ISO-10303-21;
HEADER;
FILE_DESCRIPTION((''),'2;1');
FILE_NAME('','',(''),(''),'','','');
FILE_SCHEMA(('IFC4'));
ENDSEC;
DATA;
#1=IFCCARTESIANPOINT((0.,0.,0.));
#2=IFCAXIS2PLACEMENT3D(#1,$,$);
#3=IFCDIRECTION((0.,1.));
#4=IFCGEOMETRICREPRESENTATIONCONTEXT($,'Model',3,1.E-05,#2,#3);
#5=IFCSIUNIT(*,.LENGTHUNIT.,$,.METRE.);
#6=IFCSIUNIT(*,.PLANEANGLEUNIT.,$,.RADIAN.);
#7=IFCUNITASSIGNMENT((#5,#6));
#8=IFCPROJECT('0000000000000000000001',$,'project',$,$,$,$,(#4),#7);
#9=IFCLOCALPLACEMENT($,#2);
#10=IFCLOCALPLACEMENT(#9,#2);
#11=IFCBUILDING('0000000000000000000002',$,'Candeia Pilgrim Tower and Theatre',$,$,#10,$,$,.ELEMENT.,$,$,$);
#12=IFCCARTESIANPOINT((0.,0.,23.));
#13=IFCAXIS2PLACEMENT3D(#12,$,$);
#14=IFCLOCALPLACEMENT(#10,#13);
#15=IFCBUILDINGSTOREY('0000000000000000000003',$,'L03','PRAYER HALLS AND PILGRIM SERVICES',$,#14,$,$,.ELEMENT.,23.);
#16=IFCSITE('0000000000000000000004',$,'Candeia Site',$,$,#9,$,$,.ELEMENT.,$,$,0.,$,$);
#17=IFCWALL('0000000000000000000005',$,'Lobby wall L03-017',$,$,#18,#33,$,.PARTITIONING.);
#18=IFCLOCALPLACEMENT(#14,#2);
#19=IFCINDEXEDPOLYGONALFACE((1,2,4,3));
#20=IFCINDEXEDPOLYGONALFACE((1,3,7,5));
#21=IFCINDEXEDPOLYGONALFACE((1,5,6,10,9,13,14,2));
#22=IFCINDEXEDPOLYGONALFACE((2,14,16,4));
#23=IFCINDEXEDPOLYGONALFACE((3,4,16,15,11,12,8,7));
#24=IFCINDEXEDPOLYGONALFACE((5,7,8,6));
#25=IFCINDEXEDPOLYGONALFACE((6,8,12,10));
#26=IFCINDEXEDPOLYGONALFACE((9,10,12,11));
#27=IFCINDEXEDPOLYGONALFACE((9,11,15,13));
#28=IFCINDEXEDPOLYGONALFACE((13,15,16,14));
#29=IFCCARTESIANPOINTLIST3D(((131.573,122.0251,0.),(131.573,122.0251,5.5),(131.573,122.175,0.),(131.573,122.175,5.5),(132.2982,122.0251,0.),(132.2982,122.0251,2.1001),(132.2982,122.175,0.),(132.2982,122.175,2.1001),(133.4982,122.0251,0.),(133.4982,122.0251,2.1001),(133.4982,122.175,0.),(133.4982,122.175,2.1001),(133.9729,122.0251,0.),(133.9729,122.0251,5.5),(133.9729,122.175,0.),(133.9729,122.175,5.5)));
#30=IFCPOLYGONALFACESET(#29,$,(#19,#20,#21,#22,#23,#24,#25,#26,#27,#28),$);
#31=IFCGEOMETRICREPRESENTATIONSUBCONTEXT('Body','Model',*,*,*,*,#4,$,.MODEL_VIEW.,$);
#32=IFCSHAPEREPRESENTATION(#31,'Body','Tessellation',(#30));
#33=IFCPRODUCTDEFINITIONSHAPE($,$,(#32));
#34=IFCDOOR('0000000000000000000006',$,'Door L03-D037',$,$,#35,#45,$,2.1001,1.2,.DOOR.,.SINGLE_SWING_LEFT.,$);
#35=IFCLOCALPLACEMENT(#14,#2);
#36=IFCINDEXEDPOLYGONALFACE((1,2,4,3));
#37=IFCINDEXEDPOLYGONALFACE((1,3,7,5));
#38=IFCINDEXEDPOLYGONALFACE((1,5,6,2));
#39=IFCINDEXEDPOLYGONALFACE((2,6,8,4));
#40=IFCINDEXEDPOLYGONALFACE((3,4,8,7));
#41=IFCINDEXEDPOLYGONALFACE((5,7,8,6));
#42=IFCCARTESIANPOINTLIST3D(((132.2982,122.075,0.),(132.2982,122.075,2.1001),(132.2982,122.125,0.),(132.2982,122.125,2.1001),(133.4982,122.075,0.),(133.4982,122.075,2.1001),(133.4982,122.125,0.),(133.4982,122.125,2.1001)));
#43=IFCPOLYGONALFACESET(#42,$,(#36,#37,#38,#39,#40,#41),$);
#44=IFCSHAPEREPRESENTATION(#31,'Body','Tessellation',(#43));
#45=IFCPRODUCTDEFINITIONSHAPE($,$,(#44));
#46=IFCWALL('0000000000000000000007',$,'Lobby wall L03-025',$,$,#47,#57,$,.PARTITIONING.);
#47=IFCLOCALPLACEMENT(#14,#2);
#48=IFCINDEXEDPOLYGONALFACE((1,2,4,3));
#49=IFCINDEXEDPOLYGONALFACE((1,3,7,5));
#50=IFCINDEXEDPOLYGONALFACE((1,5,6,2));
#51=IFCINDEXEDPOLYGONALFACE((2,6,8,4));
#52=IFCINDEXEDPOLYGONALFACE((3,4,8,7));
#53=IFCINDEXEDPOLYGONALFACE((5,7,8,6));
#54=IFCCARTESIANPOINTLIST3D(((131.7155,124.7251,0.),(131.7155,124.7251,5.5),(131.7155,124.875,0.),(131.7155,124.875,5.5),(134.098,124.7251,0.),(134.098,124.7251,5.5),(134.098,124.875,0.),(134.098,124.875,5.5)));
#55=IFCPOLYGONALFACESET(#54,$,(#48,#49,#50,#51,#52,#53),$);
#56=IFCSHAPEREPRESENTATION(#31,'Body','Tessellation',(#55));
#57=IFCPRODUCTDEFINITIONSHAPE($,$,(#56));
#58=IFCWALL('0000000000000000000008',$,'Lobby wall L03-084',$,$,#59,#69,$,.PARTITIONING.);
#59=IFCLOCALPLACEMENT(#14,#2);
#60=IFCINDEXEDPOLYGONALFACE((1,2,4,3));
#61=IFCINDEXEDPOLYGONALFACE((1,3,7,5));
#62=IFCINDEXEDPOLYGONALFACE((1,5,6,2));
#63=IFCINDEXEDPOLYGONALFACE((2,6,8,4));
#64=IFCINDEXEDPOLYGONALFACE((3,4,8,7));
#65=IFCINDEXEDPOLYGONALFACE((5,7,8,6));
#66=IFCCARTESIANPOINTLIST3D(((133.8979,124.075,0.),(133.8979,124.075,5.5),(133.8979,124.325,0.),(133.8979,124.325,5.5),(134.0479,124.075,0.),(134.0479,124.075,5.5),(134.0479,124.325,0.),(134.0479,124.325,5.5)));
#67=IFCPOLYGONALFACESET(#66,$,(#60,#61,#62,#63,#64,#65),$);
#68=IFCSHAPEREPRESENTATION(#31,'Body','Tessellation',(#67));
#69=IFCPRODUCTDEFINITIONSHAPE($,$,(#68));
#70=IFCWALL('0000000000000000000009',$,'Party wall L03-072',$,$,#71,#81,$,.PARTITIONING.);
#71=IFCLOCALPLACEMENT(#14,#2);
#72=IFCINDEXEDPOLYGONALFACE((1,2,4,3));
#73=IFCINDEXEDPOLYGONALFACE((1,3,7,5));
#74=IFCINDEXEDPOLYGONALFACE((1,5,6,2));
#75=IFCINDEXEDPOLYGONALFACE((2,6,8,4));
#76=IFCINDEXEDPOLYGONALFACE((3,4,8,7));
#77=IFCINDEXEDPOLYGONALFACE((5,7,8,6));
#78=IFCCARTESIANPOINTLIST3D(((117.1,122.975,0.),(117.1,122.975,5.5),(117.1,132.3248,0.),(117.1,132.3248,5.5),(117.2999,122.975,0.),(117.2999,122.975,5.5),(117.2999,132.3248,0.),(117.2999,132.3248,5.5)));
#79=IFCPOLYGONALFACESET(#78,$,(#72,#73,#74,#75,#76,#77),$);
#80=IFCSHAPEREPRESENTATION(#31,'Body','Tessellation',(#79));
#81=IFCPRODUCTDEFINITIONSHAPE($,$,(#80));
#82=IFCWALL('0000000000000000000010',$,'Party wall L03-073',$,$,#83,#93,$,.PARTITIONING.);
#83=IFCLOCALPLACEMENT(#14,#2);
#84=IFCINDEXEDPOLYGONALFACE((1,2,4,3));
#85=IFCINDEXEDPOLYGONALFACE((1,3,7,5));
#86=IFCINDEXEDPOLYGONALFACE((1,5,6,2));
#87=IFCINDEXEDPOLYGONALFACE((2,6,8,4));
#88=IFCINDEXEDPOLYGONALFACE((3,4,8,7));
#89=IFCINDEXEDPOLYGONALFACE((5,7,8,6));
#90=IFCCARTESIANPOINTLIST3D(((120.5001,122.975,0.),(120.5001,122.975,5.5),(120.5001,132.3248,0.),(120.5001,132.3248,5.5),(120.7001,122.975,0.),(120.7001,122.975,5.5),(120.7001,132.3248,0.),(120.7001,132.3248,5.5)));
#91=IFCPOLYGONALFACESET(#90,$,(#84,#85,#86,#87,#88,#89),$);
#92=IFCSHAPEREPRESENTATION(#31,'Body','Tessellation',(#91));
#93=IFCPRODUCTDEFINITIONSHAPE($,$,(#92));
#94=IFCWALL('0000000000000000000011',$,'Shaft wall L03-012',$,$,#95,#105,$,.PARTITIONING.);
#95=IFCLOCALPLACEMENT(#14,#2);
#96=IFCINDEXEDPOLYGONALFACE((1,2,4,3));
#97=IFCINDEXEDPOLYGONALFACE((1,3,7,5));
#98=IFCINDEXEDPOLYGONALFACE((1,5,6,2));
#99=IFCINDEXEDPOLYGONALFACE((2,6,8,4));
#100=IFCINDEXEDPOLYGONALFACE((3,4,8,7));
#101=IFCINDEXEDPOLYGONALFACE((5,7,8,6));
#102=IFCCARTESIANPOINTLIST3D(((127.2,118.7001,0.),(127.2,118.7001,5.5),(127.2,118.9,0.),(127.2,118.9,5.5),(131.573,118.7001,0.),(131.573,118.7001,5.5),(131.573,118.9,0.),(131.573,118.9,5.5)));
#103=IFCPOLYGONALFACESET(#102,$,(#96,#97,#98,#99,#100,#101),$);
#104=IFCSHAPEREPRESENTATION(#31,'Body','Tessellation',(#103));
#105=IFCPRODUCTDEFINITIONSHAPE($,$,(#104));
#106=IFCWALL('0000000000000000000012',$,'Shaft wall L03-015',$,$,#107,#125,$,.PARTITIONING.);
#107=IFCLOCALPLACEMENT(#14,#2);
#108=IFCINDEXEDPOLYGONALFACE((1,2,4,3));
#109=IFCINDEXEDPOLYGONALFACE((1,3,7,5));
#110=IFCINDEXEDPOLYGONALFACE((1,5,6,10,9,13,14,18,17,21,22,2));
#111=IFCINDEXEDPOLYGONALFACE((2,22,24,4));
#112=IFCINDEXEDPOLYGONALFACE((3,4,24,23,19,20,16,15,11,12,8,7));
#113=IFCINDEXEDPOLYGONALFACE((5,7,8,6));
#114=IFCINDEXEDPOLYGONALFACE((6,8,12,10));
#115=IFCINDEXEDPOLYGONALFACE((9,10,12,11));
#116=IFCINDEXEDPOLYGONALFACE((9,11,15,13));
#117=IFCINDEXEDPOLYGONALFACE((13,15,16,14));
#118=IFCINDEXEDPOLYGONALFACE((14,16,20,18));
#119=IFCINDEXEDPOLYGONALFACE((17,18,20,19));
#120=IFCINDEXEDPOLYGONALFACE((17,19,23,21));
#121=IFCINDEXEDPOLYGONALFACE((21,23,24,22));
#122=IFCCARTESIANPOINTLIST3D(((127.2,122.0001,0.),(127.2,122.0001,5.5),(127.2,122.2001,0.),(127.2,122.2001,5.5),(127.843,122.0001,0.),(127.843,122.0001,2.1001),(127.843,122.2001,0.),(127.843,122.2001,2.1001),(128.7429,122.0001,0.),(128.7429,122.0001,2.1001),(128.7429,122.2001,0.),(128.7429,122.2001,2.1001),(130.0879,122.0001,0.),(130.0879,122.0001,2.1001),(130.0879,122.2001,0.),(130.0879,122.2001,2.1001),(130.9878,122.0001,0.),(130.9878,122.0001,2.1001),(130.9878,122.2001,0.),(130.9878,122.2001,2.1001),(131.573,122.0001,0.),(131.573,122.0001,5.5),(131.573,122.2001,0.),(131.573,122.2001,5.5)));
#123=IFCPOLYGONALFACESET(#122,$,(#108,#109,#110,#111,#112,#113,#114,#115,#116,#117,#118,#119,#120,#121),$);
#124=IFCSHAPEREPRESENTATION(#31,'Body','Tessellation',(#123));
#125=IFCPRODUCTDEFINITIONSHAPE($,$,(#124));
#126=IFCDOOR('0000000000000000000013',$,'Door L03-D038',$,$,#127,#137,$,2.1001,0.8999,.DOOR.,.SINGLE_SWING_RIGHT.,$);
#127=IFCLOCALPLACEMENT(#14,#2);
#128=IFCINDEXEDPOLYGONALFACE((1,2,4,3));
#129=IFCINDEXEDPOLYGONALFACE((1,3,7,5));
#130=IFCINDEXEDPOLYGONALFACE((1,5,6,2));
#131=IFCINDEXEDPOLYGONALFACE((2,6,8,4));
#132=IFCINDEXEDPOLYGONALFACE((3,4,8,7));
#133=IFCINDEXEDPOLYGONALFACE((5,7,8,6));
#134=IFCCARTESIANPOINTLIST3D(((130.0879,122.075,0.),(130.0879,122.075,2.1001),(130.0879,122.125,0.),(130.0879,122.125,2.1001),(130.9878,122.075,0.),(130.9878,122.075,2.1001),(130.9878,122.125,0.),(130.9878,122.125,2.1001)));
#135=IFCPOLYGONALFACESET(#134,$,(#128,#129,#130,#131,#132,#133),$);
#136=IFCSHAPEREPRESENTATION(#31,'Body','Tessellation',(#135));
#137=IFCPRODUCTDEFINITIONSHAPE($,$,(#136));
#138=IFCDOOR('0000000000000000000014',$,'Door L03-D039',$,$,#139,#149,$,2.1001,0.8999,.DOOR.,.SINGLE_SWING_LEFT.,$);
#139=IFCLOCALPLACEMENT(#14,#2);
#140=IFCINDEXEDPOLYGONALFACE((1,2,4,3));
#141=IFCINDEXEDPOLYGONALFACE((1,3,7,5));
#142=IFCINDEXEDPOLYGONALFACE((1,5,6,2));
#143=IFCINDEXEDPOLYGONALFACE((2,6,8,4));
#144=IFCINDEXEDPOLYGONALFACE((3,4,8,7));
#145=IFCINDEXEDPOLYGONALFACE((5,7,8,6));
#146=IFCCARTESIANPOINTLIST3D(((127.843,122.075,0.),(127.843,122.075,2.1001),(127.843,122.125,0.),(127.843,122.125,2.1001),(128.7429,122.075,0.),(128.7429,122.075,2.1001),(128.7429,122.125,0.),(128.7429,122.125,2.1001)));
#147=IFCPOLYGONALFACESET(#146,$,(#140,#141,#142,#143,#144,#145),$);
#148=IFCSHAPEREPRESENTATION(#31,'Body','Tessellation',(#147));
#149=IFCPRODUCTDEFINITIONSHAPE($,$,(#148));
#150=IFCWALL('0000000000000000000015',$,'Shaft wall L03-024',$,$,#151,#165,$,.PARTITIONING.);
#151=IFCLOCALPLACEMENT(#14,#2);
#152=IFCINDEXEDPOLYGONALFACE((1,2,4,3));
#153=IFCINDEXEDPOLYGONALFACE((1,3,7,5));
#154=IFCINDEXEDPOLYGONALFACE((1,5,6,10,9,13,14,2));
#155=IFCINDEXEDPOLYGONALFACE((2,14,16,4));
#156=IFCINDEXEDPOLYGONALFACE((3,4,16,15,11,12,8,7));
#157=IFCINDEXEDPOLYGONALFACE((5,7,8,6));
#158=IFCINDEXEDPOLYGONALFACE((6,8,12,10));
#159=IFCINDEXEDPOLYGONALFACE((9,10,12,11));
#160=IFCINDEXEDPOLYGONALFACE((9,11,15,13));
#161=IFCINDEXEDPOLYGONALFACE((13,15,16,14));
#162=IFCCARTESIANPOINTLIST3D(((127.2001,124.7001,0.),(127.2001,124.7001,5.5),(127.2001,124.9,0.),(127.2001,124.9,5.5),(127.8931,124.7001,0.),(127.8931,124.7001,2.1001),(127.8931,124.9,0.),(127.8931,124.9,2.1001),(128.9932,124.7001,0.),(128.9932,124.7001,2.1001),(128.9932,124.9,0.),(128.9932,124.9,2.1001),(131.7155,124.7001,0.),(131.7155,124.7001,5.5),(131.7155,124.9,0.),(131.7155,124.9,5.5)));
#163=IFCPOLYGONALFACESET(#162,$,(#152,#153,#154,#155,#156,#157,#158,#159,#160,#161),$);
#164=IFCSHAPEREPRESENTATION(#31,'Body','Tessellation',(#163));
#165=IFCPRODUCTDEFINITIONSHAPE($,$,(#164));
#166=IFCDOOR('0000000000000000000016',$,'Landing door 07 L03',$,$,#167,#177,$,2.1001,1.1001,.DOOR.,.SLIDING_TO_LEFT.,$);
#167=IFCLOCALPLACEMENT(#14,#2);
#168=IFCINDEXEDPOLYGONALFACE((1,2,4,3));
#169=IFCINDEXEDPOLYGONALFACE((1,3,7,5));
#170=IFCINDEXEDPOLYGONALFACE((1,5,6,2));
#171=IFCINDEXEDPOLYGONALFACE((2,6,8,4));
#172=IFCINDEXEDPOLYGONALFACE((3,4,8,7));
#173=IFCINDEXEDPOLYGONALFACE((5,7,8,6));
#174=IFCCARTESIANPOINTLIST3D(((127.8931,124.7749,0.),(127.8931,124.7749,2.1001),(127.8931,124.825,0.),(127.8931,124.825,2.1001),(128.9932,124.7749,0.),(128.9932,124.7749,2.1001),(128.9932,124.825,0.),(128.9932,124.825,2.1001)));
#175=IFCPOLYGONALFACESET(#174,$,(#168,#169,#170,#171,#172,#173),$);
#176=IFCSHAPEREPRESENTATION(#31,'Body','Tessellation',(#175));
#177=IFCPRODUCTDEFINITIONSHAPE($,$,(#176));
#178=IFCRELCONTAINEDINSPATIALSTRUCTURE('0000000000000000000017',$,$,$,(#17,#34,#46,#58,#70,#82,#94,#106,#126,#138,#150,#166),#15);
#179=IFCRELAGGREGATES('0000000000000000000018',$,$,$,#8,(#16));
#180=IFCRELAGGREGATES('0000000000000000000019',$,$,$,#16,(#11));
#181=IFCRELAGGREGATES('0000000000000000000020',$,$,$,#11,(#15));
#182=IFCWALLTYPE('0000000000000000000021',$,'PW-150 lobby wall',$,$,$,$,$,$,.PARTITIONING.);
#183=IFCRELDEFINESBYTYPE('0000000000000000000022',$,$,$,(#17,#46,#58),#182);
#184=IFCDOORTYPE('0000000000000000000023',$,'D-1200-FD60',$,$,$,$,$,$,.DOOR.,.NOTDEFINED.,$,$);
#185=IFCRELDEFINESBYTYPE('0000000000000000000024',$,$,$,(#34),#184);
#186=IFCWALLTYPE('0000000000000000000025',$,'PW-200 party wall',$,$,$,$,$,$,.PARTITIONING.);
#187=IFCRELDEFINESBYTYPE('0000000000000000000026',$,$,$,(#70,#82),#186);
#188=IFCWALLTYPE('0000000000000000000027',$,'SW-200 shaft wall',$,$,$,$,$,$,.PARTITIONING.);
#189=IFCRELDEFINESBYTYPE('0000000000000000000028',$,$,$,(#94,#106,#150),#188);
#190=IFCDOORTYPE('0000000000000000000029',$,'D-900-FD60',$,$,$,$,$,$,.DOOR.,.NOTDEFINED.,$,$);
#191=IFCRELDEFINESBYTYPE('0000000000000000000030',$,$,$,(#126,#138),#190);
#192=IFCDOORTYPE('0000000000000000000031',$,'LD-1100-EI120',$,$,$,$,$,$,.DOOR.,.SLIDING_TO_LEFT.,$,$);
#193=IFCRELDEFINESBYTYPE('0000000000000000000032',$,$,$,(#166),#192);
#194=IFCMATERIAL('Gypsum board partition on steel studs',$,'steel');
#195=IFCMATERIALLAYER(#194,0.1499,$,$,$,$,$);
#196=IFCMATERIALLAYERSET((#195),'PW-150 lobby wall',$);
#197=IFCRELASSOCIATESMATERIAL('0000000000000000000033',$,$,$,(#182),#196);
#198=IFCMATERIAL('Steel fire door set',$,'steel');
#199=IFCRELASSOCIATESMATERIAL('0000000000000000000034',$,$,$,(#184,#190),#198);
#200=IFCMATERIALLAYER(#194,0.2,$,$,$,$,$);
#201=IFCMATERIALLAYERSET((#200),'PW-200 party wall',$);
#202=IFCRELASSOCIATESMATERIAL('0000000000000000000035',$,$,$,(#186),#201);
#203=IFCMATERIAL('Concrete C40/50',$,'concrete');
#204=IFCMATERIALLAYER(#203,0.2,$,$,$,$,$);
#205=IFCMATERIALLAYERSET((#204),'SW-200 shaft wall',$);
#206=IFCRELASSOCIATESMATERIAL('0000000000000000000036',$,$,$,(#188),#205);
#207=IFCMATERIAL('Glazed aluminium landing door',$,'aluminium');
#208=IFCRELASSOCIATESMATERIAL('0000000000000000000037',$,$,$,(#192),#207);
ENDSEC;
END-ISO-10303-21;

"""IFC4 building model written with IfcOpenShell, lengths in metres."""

from ifc_helpers import new_model, si_unit, direction, frame, frame_2d, origin, place, context, subcontext, project, spatial, rectangle, extrude, material, layer, layer_set, type_object, element, fill, save


model = new_model("IFC4")

# Units and contexts
model_context = context("Model", 3, precision=1e-05, world=origin(), true_north=direction((0.0, 1.0)))
body_context = subcontext(model_context, "Body", "Model", "MODEL_VIEW")
ifc_project = project(units=[si_unit("LENGTHUNIT", "METRE"), si_unit("PLANEANGLEUNIT", "RADIAN")], contexts=[model_context])

# Site, building, storey
site_placement = place(None, origin())
site = spatial("IfcSite", under=ifc_project, at=site_placement, Name="Candeia Site", CompositionType="ELEMENT", RefElevation=0.0)
building_placement = place(site_placement, origin())
building = spatial("IfcBuilding", under=site, at=building_placement, Name="Candeia Pilgrim Tower and Theatre", CompositionType="ELEMENT")
storey_placement = place(building_placement, frame((0.0, 0.0, 23.0)))
storey = spatial("IfcBuildingStorey", under=building, at=storey_placement, Name="L03", Description="PRAYER HALLS AND PILGRIM SERVICES", CompositionType="ELEMENT", Elevation=23.0)

# Wall, opening, door
ifc_material_1 = material(Name="Gypsum board partition on steel studs", Category="steel")
ifc_layer_1 = layer(ifc_material_1, 0.1499)
ifc_layer_set_1 = layer_set([ifc_layer_1], Name="PW-150 lobby wall")
wall_type_1 = type_object("IfcWallType", Name="PW-150 lobby wall", PredefinedType="PARTITIONING", material=ifc_layer_set_1)
wall_1_placement = place(storey_placement, frame((131.573, 122.1001, 0.0), z_axis=(0.0, 0.0, 1.0), x_axis=(1.0, 0.0, 0.0)))
wall_1 = element("IfcWall", 1, at=wall_1_placement, inside=storey, type_object=wall_type_1, Name="Lobby wall L03-017", PredefinedType="PARTITIONING", context=body_context, shape_type="SweptSolid", body=[
    extrude(rectangle(XDim=2.3999, YDim=0.1499, at=frame_2d((1.2, 0.0))), origin(), (0.0, 0.0, 1.0), 5.5),
])
opening_1_placement = place(wall_1_placement, frame((0.7251, 0.0, 0.0)))
opening_1 = element("IfcOpeningElement", 2, at=opening_1_placement, cuts=wall_1, PredefinedType="OPENING", context=body_context, shape_type="SweptSolid", body=[
    extrude(rectangle(XDim=1.2, YDim=2.1001, at=frame_2d((0.6001, 1.05))), frame((0.0, 0.085, 0.0), z_axis=(0.0, -1.0, 0.0), x_axis=(1.0, 0.0, 0.0)), (0.0, 0.0, 1.0), 0.1699),
])
ifc_material_2 = material(Name="Steel fire door set", Category="steel")
door_type_1 = type_object("IfcDoorType", Name="D-1200-FD60", OperationType="NOTDEFINED", PredefinedType="DOOR", material=ifc_material_2)
door_1_placement = place(opening_1_placement, origin())
door_1 = element("IfcDoor", 3, at=door_1_placement, inside=storey, type_object=door_type_1, Name="Door L03-D037", OperationType="SINGLE_SWING_LEFT", OverallHeight=2.1001, OverallWidth=1.2, PredefinedType="DOOR", context=body_context, shape_type="SweptSolid", body=[
    extrude(rectangle(XDim=1.2, YDim=2.1001, at=frame_2d((0.6001, 1.05))), frame((0.0, 0.0249, 0.0), z_axis=(0.0, -1.0, 0.0), x_axis=(1.0, 0.0, 0.0)), (0.0, 0.0, 1.0), 0.05),
])
fill(opening_1, door_1)

# Walls
wall_2_placement = place(storey_placement, frame((131.7153, 124.8, 0.0), z_axis=(0.0, 0.0, 1.0), x_axis=(1.0, 0.0, 0.0)))
element("IfcWall", 4, at=wall_2_placement, inside=storey, type_object=wall_type_1, Name="Lobby wall L03-025", PredefinedType="PARTITIONING", context=body_context, shape_type="SweptSolid", body=[
    extrude(rectangle(XDim=2.3826, YDim=0.1499, at=frame_2d((1.1914, 0.0))), origin(), (0.0, 0.0, 1.0), 5.5),
])
wall_3_placement = place(storey_placement, frame((133.9729, 124.075, 0.0), z_axis=(0.0, 0.0, 1.0), x_axis=(0.0, 1.0, 0.0)))
element("IfcWall", 5, at=wall_3_placement, inside=storey, type_object=wall_type_1, Name="Lobby wall L03-084", PredefinedType="PARTITIONING", context=body_context, shape_type="SweptSolid", body=[
    extrude(rectangle(XDim=0.25, YDim=0.1499, at=frame_2d((0.125, 0.0))), origin(), (0.0, 0.0, 1.0), 5.5),
])
ifc_layer_2 = layer(ifc_material_1, 0.2)
ifc_layer_set_2 = layer_set([ifc_layer_2], Name="PW-200 party wall")
wall_type_2 = type_object("IfcWallType", Name="PW-200 party wall", PredefinedType="PARTITIONING", material=ifc_layer_set_2)
for number, where, z_axis, x_axis, name in (
    (6, (117.2, 122.9751, 0.0), (0.0, 0.0, 1.0), (0.0, 1.0, 0.0), "Party wall L03-072"),
    (7, (120.6001, 122.9751, 0.0), (0.0, 0.0, 1.0), (0.0, 1.0, 0.0), "Party wall L03-073"),
):
    element("IfcWall", number, at=place(storey_placement, frame(where, z_axis=z_axis, x_axis=x_axis)), inside=storey, type_object=wall_type_2, Name=name, PredefinedType="PARTITIONING", context=body_context, shape_type="SweptSolid", body=[
        extrude(rectangle(XDim=9.3499, YDim=0.2, at=frame_2d((4.6748, 0.0))), origin(), (0.0, 0.0, 1.0), 5.5),
    ])
ifc_material_3 = material(Name="Concrete C40/50", Category="concrete")
ifc_layer_3 = layer(ifc_material_3, 0.2)
ifc_layer_set_3 = layer_set([ifc_layer_3], Name="SW-200 shaft wall")
wall_type_3 = type_object("IfcWallType", Name="SW-200 shaft wall", PredefinedType="PARTITIONING", material=ifc_layer_set_3)
wall_4_placement = place(storey_placement, frame((127.2, 118.8, 0.0), z_axis=(0.0, 0.0, 1.0), x_axis=(1.0, 0.0, 0.0)))
element("IfcWall", 8, at=wall_4_placement, inside=storey, type_object=wall_type_3, Name="Shaft wall L03-012", PredefinedType="PARTITIONING", context=body_context, shape_type="SweptSolid", body=[
    extrude(rectangle(XDim=4.373, YDim=0.2, at=frame_2d((2.1865, 0.0))), origin(), (0.0, 0.0, 1.0), 5.5),
])

# Wall, openings, doors
wall_5_placement = place(storey_placement, frame((127.2, 122.1001, 0.0), z_axis=(0.0, 0.0, 1.0), x_axis=(1.0, 0.0, 0.0)))
wall_5 = element("IfcWall", 9, at=wall_5_placement, inside=storey, type_object=wall_type_3, Name="Shaft wall L03-015", PredefinedType="PARTITIONING", context=body_context, shape_type="SweptSolid", body=[
    extrude(rectangle(XDim=4.373, YDim=0.2, at=frame_2d((2.1865, 0.0))), origin(), (0.0, 0.0, 1.0), 5.5),
])
opening_2_placement = place(wall_5_placement, frame((2.8879, 0.0, 0.0)))
opening_2 = element("IfcOpeningElement", 10, at=opening_2_placement, cuts=wall_5, PredefinedType="OPENING", context=body_context, shape_type="SweptSolid", body=[
    extrude(rectangle(XDim=0.8999, YDim=2.1001, at=frame_2d((0.45, 1.05))), frame((0.0, 0.1099, 0.0), z_axis=(0.0, -1.0, 0.0), x_axis=(1.0, 0.0, 0.0)), (0.0, 0.0, 1.0), 0.22),
])
opening_3_placement = place(wall_5_placement, frame((0.6431, 0.0, 0.0)))
opening_3 = element("IfcOpeningElement", 11, at=opening_3_placement, cuts=wall_5, PredefinedType="OPENING", context=body_context, shape_type="SweptSolid", body=[
    extrude(rectangle(XDim=0.8999, YDim=2.1001, at=frame_2d((0.45, 1.05))), frame((0.0, 0.1099, 0.0), z_axis=(0.0, -1.0, 0.0), x_axis=(1.0, 0.0, 0.0)), (0.0, 0.0, 1.0), 0.22),
])
door_type_2 = type_object("IfcDoorType", Name="D-900-FD60", OperationType="NOTDEFINED", PredefinedType="DOOR", material=ifc_material_2)
door_2_placement = place(opening_2_placement, origin())
door_2 = element("IfcDoor", 12, at=door_2_placement, inside=storey, type_object=door_type_2, Name="Door L03-D038", OperationType="SINGLE_SWING_RIGHT", OverallHeight=2.1001, OverallWidth=0.8999, PredefinedType="DOOR", context=body_context, shape_type="SweptSolid", body=[
    extrude(rectangle(XDim=0.8999, YDim=2.1001, at=frame_2d((0.45, 1.05))), frame((0.0, 0.0249, 0.0), z_axis=(0.0, -1.0, 0.0), x_axis=(1.0, 0.0, 0.0)), (0.0, 0.0, 1.0), 0.05),
])
fill(opening_2, door_2)
door_3_placement = place(opening_3_placement, origin())
door_3 = element("IfcDoor", 13, at=door_3_placement, inside=storey, type_object=door_type_2, Name="Door L03-D039", OperationType="SINGLE_SWING_LEFT", OverallHeight=2.1001, OverallWidth=0.8999, PredefinedType="DOOR", context=body_context, shape_type="SweptSolid", body=[
    extrude(rectangle(XDim=0.8999, YDim=2.1001, at=frame_2d((0.45, 1.05))), frame((0.0, 0.0249, 0.0), z_axis=(0.0, -1.0, 0.0), x_axis=(1.0, 0.0, 0.0)), (0.0, 0.0, 1.0), 0.05),
])
fill(opening_3, door_3)

# Wall, opening, door
wall_6_placement = place(storey_placement, frame((127.2, 124.8, 0.0), z_axis=(0.0, 0.0, 1.0), x_axis=(1.0, 0.0, 0.0)))
wall_6 = element("IfcWall", 14, at=wall_6_placement, inside=storey, type_object=wall_type_3, Name="Shaft wall L03-024", PredefinedType="PARTITIONING", context=body_context, shape_type="SweptSolid", body=[
    extrude(rectangle(XDim=4.5154, YDim=0.2, at=frame_2d((2.2578, 0.0))), origin(), (0.0, 0.0, 1.0), 5.5),
])
opening_4_placement = place(wall_6_placement, frame((0.6931, 0.0, 0.0)))
opening_4 = element("IfcOpeningElement", 15, at=opening_4_placement, cuts=wall_6, PredefinedType="OPENING", context=body_context, shape_type="SweptSolid", body=[
    extrude(rectangle(XDim=1.1001, YDim=2.1001, at=frame_2d((0.55, 1.05))), frame((0.0, 0.1099, 0.0), z_axis=(0.0, -1.0, 0.0), x_axis=(1.0, 0.0, 0.0)), (0.0, 0.0, 1.0), 0.22),
])
ifc_material_4 = material(Name="Glazed aluminium landing door", Category="aluminium")
door_type_3 = type_object("IfcDoorType", Name="LD-1100-EI120", OperationType="SLIDING_TO_LEFT", PredefinedType="DOOR", material=ifc_material_4)
door_4_placement = place(opening_4_placement, origin())
door_4 = element("IfcDoor", 16, at=door_4_placement, inside=storey, type_object=door_type_3, Name="Landing door 07 L03", OperationType="SLIDING_TO_LEFT", OverallHeight=2.1001, OverallWidth=1.1001, PredefinedType="DOOR", context=body_context, shape_type="SweptSolid", body=[
    extrude(rectangle(XDim=1.1001, YDim=2.1001, at=frame_2d((0.55, 1.05))), frame((0.0, 0.0249, 0.0), z_axis=(0.0, -1.0, 0.0), x_axis=(1.0, 0.0, 0.0)), (0.0, 0.0, 1.0), 0.05),
])
fill(opening_4, door_4)

save(model, "model.ifc")
